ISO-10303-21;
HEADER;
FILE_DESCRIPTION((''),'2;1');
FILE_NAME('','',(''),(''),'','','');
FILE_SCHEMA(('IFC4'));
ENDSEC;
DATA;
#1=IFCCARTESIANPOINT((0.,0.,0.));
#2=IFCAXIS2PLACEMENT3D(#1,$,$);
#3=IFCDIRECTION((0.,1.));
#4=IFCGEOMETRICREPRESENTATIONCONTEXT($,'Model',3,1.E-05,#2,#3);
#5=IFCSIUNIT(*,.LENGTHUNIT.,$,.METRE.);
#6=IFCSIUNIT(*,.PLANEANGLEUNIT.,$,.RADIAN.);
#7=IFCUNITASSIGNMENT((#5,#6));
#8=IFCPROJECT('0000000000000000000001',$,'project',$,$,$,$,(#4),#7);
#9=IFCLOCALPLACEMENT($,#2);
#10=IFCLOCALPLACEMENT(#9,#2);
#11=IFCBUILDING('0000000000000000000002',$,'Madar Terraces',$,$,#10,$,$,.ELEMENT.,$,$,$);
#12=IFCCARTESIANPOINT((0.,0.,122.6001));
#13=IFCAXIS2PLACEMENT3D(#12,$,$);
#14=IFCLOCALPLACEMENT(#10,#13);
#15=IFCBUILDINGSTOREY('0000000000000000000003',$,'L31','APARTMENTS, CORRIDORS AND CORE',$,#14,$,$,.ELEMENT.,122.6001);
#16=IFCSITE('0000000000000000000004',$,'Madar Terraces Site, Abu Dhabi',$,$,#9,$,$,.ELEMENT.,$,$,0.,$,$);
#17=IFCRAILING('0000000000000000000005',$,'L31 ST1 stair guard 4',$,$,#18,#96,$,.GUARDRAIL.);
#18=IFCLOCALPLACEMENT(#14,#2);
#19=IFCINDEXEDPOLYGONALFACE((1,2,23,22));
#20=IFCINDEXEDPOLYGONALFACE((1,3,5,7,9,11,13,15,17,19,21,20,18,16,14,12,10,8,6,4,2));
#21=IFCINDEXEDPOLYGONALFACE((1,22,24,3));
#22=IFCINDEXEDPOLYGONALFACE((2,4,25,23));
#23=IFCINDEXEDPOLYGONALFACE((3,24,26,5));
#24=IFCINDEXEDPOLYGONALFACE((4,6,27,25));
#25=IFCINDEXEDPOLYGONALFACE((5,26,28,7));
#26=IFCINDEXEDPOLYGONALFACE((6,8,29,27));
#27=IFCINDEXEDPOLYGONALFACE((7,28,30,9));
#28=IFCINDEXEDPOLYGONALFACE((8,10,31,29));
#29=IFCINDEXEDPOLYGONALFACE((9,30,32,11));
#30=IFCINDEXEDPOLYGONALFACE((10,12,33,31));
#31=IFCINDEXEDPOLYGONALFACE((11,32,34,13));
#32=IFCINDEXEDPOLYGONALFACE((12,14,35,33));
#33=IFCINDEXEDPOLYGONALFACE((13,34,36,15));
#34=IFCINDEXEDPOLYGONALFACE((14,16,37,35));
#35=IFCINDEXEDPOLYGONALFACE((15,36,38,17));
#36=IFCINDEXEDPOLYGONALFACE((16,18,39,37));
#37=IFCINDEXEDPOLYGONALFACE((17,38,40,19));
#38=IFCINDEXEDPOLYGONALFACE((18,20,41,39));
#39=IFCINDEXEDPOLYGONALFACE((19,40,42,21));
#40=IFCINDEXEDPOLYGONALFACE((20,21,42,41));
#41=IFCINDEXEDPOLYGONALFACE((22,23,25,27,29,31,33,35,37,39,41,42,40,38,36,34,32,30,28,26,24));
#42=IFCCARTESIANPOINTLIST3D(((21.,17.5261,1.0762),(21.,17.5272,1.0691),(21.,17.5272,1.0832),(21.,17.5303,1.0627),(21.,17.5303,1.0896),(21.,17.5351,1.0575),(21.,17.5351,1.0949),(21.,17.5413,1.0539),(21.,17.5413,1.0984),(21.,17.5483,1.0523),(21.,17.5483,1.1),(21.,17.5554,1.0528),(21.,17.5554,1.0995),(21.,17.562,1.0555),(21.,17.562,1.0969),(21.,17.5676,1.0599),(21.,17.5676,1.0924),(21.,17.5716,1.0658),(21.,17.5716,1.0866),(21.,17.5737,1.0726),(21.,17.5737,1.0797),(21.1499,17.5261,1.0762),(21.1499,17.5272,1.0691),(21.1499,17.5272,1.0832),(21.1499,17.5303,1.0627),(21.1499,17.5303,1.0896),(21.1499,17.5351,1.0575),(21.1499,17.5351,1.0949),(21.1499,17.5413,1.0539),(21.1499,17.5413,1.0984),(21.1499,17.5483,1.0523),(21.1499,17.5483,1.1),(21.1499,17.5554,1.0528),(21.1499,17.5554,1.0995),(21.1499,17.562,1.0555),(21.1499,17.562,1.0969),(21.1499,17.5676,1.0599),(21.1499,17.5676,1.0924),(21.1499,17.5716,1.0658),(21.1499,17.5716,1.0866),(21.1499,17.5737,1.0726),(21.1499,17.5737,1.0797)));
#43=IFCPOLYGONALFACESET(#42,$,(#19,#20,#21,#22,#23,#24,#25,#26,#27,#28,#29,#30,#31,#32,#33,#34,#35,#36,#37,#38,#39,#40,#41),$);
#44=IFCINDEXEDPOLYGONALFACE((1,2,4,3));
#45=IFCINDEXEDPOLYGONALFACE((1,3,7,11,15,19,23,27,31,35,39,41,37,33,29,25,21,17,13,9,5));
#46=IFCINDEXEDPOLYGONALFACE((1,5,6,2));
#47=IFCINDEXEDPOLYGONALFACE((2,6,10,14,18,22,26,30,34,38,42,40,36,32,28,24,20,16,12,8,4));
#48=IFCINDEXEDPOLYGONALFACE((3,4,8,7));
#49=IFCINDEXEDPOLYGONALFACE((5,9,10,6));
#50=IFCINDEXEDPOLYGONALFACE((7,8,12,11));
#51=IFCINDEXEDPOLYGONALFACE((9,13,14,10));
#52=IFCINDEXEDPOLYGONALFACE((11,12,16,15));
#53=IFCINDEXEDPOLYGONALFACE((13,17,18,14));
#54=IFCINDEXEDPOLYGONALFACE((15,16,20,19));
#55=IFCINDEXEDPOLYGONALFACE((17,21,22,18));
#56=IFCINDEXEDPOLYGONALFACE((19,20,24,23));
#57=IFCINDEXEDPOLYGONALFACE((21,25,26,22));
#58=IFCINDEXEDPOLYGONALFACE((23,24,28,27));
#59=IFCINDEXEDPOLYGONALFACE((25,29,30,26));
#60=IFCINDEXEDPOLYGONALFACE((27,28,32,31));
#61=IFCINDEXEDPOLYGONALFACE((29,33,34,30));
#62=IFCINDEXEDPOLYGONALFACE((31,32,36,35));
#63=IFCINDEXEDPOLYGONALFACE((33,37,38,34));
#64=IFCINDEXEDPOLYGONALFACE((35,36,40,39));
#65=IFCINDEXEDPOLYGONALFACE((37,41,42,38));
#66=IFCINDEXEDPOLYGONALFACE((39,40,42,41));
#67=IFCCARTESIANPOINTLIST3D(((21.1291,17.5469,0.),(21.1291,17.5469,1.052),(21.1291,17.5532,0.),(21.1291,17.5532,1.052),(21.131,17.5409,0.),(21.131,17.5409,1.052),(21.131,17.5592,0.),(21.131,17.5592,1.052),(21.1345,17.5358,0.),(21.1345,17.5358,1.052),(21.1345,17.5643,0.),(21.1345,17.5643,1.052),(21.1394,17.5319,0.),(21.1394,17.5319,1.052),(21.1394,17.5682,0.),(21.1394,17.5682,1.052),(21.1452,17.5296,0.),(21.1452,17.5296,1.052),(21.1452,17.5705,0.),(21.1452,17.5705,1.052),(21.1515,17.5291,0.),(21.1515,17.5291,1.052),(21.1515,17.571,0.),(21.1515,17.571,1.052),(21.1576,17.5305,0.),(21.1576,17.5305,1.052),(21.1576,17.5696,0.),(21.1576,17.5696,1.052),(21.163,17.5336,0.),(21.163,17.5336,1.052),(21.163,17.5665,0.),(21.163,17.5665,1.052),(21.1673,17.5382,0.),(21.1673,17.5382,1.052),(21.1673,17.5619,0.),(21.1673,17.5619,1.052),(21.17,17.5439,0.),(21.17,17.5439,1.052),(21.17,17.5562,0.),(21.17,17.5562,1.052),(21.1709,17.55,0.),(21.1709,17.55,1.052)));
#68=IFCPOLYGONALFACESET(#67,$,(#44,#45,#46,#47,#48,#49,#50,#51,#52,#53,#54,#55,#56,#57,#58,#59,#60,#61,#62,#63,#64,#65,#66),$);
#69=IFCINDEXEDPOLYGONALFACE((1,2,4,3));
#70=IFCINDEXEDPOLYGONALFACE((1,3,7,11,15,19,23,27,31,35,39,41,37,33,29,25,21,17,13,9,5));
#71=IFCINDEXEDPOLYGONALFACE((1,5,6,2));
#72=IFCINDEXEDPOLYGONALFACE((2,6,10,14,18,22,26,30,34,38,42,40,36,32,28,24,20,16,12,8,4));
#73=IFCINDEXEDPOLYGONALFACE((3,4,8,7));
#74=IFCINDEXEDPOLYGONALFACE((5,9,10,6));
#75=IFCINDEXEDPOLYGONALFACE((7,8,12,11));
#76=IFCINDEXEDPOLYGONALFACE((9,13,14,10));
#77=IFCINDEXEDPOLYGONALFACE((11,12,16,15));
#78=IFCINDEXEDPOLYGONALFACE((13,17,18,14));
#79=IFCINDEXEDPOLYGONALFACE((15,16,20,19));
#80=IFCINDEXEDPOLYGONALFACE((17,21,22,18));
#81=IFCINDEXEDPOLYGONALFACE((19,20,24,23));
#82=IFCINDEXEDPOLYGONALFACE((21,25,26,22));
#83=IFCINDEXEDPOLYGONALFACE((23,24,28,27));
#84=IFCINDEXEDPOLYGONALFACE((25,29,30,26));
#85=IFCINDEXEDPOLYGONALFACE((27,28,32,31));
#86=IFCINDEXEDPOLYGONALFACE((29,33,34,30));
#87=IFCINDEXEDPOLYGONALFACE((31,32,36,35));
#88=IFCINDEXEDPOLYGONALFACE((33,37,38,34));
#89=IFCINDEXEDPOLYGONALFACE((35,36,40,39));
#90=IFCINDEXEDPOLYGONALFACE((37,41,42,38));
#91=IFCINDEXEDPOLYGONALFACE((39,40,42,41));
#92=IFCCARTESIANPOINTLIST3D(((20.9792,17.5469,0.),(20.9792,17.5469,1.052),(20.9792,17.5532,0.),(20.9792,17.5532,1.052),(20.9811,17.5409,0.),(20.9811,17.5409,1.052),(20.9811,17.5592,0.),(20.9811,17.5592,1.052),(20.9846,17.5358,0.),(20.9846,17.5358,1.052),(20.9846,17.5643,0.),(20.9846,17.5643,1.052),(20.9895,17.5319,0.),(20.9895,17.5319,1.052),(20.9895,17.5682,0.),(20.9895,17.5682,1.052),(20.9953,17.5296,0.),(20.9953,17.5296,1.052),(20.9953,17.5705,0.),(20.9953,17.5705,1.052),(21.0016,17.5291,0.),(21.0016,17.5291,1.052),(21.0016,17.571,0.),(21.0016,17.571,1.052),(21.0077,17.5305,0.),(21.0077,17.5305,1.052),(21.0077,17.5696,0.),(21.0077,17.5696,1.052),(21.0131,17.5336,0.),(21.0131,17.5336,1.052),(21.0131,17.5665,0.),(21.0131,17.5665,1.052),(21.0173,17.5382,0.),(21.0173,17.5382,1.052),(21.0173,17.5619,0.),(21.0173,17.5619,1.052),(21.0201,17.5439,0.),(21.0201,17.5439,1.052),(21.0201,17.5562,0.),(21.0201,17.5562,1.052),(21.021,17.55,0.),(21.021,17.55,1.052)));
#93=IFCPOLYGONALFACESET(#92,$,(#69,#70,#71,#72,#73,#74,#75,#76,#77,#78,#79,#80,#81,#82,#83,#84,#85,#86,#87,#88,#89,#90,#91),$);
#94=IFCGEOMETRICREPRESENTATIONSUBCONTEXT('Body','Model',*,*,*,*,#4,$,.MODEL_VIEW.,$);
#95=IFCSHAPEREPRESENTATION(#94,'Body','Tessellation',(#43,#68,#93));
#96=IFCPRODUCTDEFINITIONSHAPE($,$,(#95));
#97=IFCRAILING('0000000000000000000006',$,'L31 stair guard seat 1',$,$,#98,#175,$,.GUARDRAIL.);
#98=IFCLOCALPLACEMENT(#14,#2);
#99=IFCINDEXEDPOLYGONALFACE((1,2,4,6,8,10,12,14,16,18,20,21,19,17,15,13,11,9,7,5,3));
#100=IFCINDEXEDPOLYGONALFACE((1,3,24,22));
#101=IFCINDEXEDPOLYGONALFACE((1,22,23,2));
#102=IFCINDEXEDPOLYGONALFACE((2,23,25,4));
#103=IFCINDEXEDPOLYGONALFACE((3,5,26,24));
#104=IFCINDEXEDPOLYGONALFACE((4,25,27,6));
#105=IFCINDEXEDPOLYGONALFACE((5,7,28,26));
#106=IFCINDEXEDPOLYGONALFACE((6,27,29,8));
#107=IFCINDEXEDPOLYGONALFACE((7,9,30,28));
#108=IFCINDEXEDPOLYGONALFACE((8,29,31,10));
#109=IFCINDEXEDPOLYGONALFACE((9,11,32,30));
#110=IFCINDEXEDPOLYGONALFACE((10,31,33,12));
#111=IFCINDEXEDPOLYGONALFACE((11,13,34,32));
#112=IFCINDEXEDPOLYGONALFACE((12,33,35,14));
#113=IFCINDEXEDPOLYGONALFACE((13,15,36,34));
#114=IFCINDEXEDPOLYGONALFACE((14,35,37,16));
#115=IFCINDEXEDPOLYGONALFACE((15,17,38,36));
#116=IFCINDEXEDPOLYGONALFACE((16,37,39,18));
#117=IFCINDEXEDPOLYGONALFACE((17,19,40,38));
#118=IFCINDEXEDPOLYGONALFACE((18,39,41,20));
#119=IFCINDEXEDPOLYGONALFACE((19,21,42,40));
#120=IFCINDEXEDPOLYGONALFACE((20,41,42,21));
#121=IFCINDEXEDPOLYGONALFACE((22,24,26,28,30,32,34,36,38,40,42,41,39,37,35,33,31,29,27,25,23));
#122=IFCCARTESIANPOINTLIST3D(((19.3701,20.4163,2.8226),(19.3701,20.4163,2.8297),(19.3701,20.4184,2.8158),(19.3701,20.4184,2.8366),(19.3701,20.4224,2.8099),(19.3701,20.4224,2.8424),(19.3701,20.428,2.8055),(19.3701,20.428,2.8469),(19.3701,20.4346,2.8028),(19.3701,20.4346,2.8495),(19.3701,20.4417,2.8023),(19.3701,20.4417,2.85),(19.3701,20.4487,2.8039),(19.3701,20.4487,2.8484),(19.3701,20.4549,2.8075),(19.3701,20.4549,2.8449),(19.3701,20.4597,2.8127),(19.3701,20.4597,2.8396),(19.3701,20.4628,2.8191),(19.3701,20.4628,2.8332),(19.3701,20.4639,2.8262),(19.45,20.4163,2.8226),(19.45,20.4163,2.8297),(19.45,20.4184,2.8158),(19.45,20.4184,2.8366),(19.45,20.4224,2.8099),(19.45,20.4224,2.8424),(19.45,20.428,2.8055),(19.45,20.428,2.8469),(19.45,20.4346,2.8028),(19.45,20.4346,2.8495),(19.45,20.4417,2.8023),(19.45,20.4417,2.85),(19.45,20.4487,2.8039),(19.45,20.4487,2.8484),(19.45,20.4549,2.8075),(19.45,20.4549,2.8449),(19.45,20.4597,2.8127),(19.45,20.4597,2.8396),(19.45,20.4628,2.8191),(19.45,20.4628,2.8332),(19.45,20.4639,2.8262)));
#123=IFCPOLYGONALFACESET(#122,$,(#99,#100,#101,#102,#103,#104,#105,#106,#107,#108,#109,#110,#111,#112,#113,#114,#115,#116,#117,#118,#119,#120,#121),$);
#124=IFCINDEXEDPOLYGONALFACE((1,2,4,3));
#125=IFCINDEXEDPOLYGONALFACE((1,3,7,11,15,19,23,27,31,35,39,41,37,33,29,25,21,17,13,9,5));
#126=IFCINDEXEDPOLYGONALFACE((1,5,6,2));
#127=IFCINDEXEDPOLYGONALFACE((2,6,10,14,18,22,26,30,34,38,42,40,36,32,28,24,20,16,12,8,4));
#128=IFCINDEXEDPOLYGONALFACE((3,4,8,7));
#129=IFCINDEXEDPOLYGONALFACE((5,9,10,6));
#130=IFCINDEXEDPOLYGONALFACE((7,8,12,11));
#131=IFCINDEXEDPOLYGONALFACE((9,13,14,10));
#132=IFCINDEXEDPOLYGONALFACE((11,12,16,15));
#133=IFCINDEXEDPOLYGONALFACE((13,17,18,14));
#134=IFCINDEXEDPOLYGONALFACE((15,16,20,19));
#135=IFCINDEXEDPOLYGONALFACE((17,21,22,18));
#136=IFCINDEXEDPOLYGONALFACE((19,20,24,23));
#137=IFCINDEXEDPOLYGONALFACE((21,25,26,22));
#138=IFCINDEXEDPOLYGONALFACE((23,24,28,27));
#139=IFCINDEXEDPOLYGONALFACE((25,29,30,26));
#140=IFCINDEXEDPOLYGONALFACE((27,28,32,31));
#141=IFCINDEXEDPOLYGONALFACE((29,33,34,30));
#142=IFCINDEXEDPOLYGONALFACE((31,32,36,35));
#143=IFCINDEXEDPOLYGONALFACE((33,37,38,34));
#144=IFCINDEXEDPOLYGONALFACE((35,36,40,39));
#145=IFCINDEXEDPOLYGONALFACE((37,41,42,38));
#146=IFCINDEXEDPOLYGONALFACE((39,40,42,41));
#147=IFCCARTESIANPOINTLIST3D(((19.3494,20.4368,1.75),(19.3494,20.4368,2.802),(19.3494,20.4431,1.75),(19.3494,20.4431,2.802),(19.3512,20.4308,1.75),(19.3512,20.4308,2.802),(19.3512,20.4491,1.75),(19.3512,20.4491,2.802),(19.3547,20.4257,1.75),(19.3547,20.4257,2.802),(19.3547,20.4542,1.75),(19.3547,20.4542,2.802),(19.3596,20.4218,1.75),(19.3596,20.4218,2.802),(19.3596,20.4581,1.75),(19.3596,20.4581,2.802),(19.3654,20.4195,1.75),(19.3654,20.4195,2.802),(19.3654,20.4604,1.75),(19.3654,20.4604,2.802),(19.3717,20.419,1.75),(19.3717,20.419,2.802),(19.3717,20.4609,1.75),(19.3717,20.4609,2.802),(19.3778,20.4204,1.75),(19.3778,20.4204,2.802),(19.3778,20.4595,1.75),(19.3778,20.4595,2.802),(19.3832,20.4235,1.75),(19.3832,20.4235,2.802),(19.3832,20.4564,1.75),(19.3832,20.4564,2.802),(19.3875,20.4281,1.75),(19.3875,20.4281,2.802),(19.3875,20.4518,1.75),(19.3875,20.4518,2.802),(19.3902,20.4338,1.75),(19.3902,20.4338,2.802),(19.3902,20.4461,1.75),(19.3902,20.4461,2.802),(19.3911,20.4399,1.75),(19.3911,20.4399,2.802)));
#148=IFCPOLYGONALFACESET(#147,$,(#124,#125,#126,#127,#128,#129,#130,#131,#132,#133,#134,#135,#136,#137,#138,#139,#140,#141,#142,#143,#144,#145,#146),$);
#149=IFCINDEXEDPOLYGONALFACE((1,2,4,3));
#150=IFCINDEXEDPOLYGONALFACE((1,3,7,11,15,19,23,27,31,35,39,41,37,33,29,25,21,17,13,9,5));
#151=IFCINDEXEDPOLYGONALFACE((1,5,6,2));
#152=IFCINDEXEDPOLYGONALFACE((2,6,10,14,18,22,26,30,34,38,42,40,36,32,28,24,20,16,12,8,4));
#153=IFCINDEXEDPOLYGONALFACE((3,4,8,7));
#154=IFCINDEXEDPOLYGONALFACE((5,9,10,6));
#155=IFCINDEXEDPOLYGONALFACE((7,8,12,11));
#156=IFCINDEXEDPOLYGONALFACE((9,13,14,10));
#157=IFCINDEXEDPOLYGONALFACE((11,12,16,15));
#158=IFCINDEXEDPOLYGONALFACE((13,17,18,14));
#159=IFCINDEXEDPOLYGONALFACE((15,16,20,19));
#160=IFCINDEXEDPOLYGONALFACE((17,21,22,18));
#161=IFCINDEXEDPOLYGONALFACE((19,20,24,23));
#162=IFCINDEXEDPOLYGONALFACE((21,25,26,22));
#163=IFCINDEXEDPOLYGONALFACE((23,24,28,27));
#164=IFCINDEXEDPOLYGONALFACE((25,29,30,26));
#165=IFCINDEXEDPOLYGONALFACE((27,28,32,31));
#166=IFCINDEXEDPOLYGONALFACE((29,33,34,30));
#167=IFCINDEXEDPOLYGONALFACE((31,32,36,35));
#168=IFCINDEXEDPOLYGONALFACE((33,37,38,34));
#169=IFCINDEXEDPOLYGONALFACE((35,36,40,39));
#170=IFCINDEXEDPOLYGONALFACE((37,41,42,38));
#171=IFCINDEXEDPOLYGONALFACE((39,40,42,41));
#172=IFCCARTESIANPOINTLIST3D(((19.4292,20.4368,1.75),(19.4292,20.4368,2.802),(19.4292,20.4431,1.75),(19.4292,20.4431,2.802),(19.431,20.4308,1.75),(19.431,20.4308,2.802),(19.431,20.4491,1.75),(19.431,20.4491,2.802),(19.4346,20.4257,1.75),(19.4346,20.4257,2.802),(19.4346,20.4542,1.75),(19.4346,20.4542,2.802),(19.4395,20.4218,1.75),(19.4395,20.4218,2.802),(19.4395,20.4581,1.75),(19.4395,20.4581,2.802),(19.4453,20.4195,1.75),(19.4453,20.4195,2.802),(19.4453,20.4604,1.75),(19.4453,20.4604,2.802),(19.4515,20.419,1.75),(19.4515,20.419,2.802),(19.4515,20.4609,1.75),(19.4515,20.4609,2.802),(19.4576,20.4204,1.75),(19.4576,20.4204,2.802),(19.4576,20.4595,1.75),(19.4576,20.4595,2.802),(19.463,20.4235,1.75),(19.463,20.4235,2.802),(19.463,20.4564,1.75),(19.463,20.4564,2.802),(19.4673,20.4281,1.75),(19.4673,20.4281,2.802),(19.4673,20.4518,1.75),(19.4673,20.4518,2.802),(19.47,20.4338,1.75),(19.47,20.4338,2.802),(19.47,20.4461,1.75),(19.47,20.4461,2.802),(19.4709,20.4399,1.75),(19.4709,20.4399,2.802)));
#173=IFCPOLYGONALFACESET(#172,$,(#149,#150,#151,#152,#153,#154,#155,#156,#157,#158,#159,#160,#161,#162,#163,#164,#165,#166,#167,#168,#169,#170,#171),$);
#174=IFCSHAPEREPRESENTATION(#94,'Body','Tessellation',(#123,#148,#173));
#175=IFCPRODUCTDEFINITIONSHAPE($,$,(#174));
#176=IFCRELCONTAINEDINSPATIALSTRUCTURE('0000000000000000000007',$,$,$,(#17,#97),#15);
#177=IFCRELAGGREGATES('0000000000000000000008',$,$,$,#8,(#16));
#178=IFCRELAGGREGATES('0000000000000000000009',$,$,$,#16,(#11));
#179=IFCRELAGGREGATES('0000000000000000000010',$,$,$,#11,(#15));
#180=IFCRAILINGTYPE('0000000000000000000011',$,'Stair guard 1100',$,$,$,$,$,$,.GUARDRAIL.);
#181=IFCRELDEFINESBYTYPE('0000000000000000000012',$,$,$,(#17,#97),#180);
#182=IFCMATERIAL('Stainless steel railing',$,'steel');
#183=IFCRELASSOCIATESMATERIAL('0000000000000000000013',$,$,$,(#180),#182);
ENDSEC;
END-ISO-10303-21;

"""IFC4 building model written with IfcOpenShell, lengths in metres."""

from ifc_helpers import new_model, si_unit, direction, frame, origin, origin_2d, place, context, subcontext, project, spatial, circle, extrude, material, type_object, element, save


model = new_model("IFC4")

# Units and contexts
model_context = context("Model", 3, precision=1e-05, world=origin(), true_north=direction((0.0, 1.0)))
body_context = subcontext(model_context, "Body", "Model", "MODEL_VIEW")
ifc_project = project(units=[si_unit("LENGTHUNIT", "METRE"), si_unit("PLANEANGLEUNIT", "RADIAN")], contexts=[model_context])

# Site, building, storey
site_placement = place(None, origin())
site = spatial("IfcSite", under=ifc_project, at=site_placement, Name="Madar Terraces Site, Abu Dhabi", CompositionType="ELEMENT", RefElevation=0.0)
building_placement = place(site_placement, origin())
building = spatial("IfcBuilding", under=site, at=building_placement, Name="Madar Terraces", CompositionType="ELEMENT")
storey_placement = place(building_placement, frame((0.0, 0.0, 122.6001)))
storey = spatial("IfcBuildingStorey", under=building, at=storey_placement, Name="L31", Description="APARTMENTS, CORRIDORS AND CORE", CompositionType="ELEMENT", Elevation=122.6001)

# Railings
ifc_material_1 = material(Name="Stainless steel railing", Category="steel")
railing_type_1 = type_object("IfcRailingType", Name="Stair guard 1100", PredefinedType="GUARDRAIL", material=ifc_material_1)
railing_1_placement = place(storey_placement, frame((21.1499, 17.55, 0.0)))
element("IfcRailing", 1, at=railing_1_placement, inside=storey, type_object=railing_type_1, Name="L31 ST1 stair guard 4", PredefinedType="GUARDRAIL", context=body_context, shape_type="SweptSolid", body=[
    extrude(circle(Radius=0.0239, at=origin_2d()), frame((0.0, 0.0, 1.0762), z_axis=(-1.0, 0.0, 0.0), x_axis=(0.0, -1.0, 0.0)), (0.0, 0.0, 1.0), 0.1499),
    extrude(circle(Radius=0.021, at=origin_2d()), origin(), (0.0, 0.0, 1.0), 1.052),
    extrude(circle(Radius=0.021, at=origin_2d()), frame((-0.1499, 0.0, 0.0)), (0.0, 0.0, 1.0), 1.052),
])
for number, where, name in (
    (2, (19.3701, 20.4399, 1.75), "L31 stair guard seat 1"),
):
    element("IfcRailing", number, at=place(storey_placement, frame(where)), inside=storey, type_object=railing_type_1, Name=name, PredefinedType="GUARDRAIL", context=body_context, shape_type="SweptSolid", body=[
        extrude(circle(Radius=0.0239, at=origin_2d()), frame((0.0, 0.0, 1.0762), z_axis=(1.0, 0.0, 0.0), x_axis=(0.0, 1.0, 0.0)), (0.0, 0.0, 1.0), 0.0798),
        extrude(circle(Radius=0.021, at=origin_2d()), origin(), (0.0, 0.0, 1.0), 1.052),
        extrude(circle(Radius=0.021, at=origin_2d()), frame((0.0798, 0.0, 0.0)), (0.0, 0.0, 1.0), 1.052),
    ])

save(model, "model.ifc")
